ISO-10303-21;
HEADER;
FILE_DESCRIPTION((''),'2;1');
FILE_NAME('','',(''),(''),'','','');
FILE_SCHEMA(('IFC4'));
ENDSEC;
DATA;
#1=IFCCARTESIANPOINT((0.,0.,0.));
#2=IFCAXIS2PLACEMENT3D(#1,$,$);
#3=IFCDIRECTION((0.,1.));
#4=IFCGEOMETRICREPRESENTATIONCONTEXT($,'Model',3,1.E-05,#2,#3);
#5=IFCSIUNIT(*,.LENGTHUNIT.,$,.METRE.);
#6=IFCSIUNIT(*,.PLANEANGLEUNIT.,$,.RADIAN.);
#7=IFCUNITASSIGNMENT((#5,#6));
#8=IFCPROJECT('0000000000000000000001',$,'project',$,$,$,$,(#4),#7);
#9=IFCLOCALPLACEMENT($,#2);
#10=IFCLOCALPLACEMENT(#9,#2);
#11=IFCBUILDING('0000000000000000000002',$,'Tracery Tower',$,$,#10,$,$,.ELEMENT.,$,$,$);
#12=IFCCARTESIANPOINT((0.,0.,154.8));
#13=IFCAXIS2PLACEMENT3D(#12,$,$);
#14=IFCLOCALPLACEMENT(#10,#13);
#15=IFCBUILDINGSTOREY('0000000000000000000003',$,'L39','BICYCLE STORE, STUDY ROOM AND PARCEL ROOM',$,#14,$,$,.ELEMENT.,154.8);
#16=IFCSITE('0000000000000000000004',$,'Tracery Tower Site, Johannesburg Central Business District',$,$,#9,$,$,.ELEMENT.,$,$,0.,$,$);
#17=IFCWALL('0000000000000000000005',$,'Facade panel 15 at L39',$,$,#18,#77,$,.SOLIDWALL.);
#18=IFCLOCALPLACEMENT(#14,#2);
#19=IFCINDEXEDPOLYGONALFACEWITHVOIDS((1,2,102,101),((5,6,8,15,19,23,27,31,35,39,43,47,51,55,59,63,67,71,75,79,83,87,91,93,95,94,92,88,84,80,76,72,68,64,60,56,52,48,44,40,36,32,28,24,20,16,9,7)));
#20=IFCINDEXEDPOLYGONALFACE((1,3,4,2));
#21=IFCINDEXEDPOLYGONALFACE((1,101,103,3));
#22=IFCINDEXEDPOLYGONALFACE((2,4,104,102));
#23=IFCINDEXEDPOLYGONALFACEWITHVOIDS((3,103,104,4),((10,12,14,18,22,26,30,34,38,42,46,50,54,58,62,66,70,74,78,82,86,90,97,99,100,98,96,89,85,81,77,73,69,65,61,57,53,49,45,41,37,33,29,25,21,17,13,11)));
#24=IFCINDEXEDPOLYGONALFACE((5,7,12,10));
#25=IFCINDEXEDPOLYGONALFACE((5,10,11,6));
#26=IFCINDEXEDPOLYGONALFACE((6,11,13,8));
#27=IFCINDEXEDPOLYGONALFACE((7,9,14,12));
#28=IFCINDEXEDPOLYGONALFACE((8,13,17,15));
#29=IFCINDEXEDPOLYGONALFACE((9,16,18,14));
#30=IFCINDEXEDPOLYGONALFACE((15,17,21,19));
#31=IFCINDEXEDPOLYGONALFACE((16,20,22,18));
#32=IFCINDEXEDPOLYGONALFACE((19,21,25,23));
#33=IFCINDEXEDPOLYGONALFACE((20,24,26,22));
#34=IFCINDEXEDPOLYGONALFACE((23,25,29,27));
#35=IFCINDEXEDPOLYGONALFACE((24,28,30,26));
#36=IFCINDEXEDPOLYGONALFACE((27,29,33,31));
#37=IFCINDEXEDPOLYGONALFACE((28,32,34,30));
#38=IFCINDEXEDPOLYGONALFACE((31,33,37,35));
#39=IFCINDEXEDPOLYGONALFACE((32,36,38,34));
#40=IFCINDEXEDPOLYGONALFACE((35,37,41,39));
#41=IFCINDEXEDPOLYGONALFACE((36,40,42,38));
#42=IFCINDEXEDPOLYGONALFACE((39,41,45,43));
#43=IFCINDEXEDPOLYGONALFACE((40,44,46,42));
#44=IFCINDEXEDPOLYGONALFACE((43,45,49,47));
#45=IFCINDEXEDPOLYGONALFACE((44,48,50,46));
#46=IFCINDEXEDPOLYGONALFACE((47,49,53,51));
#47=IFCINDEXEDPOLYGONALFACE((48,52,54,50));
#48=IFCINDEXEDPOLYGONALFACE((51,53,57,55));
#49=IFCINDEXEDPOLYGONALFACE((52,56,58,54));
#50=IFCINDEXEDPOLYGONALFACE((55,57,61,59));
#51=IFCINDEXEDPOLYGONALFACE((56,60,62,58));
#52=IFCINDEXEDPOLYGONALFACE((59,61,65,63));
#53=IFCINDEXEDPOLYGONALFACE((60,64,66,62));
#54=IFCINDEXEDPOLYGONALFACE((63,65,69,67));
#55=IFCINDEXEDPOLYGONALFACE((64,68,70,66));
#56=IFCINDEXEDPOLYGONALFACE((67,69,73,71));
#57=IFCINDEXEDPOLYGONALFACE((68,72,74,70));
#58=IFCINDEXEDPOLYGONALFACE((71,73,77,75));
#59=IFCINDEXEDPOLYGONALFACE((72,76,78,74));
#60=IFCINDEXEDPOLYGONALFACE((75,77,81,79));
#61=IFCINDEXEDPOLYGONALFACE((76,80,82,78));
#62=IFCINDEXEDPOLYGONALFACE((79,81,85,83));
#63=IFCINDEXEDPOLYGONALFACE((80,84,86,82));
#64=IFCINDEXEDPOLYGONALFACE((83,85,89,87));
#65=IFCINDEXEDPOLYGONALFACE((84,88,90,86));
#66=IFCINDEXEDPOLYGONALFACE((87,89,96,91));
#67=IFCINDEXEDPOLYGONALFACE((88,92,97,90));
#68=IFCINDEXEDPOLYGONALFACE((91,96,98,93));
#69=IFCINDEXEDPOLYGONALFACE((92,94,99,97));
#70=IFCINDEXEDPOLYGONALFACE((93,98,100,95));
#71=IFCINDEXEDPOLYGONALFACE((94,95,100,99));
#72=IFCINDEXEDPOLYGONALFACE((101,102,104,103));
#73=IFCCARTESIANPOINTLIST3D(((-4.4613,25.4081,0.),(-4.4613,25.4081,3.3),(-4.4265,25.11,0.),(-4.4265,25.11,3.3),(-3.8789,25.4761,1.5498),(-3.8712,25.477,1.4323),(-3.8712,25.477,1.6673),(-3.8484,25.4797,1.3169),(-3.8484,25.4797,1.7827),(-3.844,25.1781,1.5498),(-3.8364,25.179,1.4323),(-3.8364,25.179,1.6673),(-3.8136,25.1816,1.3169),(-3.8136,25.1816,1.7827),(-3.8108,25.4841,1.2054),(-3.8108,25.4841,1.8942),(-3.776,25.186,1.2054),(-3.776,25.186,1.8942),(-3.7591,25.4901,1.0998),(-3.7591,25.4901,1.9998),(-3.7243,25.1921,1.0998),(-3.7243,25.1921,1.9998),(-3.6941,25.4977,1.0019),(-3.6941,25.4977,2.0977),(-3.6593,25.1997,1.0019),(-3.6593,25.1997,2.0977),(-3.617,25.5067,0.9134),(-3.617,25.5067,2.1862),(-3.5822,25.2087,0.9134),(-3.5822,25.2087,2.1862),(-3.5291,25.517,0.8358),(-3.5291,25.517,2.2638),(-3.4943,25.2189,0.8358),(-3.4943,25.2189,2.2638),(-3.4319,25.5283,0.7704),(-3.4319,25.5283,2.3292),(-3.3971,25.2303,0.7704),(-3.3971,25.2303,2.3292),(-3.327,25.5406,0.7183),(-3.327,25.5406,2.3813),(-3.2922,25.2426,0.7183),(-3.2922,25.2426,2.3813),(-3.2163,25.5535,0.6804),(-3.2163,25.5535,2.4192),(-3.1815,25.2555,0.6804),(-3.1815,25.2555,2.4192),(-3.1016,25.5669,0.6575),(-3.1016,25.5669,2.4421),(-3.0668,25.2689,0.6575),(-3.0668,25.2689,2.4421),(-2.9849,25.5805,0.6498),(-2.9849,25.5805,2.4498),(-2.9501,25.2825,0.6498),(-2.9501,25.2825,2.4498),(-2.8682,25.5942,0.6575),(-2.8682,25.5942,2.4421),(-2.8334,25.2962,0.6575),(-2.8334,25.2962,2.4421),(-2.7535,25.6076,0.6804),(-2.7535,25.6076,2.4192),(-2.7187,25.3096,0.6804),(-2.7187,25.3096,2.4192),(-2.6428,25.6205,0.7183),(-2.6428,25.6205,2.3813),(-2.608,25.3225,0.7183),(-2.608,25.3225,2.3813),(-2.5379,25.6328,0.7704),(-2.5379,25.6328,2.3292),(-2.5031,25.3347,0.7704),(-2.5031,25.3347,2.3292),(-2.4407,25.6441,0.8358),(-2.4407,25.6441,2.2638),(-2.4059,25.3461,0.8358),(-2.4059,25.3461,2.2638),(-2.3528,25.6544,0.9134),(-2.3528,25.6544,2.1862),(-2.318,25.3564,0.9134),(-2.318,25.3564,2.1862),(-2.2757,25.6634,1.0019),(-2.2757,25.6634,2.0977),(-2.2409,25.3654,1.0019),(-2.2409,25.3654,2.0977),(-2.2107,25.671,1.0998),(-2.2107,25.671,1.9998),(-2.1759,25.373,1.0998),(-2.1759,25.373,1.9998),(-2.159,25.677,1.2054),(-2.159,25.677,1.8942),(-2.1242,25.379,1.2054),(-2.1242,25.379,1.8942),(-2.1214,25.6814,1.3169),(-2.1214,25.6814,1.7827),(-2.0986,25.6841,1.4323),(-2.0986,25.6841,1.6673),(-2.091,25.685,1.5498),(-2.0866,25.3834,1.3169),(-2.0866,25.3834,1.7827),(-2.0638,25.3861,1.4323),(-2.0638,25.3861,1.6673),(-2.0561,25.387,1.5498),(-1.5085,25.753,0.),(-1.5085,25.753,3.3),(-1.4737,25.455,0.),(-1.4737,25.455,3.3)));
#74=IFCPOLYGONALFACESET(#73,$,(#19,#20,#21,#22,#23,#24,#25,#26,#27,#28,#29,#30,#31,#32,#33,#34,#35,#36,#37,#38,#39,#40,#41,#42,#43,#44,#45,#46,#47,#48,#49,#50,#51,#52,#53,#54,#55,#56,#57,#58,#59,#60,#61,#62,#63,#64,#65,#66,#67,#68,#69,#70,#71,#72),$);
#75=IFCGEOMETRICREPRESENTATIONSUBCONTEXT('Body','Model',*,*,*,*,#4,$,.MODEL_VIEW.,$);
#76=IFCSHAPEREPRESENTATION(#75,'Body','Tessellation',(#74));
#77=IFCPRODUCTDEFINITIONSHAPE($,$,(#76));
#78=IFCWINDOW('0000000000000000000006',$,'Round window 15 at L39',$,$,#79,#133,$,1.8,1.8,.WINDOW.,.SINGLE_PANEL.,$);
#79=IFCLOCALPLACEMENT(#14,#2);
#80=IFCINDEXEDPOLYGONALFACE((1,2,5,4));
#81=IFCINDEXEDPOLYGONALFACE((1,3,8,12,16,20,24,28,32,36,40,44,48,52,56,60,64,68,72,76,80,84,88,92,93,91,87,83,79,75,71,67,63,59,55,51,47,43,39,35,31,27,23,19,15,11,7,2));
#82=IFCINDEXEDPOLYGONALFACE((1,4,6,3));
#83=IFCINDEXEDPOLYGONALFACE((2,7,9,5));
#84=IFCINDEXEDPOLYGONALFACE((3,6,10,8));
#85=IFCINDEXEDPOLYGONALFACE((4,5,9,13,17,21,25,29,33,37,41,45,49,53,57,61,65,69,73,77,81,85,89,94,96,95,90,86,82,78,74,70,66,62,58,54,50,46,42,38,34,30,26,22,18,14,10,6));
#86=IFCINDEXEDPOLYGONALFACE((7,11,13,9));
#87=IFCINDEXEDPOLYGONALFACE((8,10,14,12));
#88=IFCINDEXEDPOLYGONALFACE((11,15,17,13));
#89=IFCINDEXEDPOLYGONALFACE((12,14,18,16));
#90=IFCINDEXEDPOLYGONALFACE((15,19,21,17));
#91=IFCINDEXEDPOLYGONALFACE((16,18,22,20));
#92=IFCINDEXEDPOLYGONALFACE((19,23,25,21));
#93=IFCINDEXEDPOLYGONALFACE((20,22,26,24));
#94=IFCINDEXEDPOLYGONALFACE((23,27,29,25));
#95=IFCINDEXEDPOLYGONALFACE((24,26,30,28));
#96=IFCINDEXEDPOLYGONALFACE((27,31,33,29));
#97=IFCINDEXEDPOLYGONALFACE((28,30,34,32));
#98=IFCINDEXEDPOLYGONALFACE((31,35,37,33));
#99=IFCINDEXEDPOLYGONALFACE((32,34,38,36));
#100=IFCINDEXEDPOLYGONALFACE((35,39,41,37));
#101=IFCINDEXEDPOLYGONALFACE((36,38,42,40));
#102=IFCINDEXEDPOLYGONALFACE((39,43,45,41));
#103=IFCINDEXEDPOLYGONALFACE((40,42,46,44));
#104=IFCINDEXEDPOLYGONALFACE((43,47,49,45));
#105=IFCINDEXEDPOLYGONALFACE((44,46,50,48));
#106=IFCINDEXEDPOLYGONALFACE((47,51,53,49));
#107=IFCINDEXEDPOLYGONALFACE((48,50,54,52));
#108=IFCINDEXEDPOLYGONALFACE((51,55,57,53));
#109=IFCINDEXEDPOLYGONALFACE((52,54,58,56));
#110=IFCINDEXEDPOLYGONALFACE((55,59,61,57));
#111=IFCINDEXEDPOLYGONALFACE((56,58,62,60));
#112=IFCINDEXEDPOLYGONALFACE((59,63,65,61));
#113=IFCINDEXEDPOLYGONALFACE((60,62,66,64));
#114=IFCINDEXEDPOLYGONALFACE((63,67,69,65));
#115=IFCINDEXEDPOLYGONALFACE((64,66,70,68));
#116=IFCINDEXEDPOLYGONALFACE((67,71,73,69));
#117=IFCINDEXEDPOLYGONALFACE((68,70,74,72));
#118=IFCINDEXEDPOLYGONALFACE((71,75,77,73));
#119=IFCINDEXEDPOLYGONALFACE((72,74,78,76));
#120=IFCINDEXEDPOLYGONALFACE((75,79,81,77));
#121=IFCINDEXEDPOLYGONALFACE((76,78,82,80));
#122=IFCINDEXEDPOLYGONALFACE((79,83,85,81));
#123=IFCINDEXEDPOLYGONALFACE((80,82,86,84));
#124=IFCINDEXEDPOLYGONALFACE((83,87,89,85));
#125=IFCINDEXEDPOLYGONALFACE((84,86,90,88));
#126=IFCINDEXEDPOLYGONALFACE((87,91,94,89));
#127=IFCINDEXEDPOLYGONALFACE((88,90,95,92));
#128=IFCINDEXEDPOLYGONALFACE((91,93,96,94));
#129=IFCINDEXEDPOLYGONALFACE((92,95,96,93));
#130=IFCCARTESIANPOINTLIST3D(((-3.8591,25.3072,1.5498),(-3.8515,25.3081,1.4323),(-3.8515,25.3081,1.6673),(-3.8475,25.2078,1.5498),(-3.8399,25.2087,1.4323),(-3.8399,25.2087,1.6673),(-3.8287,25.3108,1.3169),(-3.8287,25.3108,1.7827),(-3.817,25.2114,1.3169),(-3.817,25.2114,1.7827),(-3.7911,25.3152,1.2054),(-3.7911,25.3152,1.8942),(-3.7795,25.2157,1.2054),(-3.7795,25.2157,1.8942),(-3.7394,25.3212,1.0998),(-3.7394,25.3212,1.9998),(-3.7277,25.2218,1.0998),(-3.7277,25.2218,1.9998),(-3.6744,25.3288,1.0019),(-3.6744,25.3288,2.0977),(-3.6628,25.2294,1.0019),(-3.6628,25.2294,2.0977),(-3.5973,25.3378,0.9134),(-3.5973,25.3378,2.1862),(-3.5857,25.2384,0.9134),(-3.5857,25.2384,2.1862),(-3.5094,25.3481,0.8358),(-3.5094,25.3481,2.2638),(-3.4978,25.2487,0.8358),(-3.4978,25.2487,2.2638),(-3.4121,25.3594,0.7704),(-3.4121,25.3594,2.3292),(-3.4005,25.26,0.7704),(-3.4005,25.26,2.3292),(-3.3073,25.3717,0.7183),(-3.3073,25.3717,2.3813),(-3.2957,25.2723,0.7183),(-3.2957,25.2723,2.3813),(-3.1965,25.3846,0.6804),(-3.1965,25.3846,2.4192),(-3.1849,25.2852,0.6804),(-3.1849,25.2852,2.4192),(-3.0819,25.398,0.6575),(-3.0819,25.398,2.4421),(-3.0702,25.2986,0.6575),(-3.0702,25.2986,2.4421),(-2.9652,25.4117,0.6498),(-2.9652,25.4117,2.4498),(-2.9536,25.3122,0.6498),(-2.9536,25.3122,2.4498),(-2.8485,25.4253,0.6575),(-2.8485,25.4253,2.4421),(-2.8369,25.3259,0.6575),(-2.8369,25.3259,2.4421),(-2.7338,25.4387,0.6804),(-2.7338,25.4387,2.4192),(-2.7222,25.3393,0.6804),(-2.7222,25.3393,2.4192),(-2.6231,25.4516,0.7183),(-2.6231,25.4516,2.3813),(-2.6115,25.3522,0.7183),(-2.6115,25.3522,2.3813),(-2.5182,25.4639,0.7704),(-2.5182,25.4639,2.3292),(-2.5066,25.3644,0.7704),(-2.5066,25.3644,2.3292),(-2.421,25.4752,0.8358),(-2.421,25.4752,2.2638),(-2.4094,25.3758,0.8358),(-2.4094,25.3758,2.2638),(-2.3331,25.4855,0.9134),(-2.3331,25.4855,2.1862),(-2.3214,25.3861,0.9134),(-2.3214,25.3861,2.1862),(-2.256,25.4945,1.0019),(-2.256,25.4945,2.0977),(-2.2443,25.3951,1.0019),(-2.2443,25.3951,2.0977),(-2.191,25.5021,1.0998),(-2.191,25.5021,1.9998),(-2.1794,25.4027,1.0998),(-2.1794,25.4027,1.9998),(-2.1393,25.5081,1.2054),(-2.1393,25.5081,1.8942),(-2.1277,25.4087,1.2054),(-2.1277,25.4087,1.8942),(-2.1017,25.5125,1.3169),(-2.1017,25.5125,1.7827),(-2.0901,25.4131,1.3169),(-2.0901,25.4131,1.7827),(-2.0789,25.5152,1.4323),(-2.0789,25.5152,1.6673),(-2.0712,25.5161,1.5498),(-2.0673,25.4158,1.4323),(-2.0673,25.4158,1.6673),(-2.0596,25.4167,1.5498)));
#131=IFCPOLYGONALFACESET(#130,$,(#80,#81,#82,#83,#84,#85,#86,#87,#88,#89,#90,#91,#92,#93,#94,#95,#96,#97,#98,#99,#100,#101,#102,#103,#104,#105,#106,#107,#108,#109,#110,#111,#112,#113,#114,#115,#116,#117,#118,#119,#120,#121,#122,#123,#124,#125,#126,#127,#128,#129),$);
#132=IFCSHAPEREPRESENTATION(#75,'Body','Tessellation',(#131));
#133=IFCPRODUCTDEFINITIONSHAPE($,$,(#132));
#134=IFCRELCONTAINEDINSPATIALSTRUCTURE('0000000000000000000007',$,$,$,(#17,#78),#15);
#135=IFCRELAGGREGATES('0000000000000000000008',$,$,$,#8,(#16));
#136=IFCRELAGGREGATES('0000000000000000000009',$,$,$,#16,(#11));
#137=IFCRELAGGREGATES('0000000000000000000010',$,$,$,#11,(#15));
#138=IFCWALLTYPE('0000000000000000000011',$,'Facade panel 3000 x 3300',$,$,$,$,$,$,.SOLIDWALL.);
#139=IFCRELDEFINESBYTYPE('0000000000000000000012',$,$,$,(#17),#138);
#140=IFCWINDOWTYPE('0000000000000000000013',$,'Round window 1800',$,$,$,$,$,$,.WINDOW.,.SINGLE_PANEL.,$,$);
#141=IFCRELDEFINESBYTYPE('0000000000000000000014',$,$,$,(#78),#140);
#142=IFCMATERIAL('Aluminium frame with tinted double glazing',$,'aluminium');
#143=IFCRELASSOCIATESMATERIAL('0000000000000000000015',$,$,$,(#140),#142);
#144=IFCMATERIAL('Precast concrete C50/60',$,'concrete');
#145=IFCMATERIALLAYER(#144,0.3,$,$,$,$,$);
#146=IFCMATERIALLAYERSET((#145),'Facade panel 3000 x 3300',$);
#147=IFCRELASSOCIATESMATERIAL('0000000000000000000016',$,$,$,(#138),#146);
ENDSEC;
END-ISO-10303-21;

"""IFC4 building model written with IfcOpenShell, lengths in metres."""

from ifc_helpers import new_model, si_unit, direction, frame, frame_2d, origin, origin_2d, place, context, subcontext, project, spatial, rectangle, circle, extrude, material, layer, layer_set, type_object, element, fill, save


model = new_model("IFC4")

# Units and contexts
model_context = context("Model", 3, precision=1e-05, world=origin(), true_north=direction((0.0, 1.0)))
body_context = subcontext(model_context, "Body", "Model", "MODEL_VIEW")
ifc_project = project(units=[si_unit("LENGTHUNIT", "METRE"), si_unit("PLANEANGLEUNIT", "RADIAN")], contexts=[model_context])

# Site, building, storey
site_placement = place(None, origin())
site = spatial("IfcSite", under=ifc_project, at=site_placement, Name="Tracery Tower Site, Johannesburg Central Business District", CompositionType="ELEMENT", RefElevation=0.0)
building_placement = place(site_placement, origin())
building = spatial("IfcBuilding", under=site, at=building_placement, Name="Tracery Tower", CompositionType="ELEMENT")
storey_placement = place(building_placement, frame((0.0, 0.0, 154.8)))
storey = spatial("IfcBuildingStorey", under=building, at=storey_placement, Name="L39", Description="BICYCLE STORE, STUDY ROOM AND PARCEL ROOM", CompositionType="ELEMENT", Elevation=154.8)

# Wall, opening, window
ifc_material_1 = material(Name="Aluminium frame with tinted double glazing", Category="aluminium")
window_type = type_object("IfcWindowType", Name="Round window 1800", PartitioningType="SINGLE_PANEL", PredefinedType="WINDOW", material=ifc_material_1)
ifc_material_2 = material(Name="Precast concrete C50/60", Category="concrete")
ifc_layer_1 = layer(ifc_material_2, 0.3)
ifc_layer_set_1 = layer_set([ifc_layer_1], Name="Facade panel 3000 x 3300")
wall_type_1 = type_object("IfcWallType", Name="Facade panel 3000 x 3300", PredefinedType="SOLIDWALL", material=ifc_layer_set_1)
wall_1_placement = place(storey_placement, frame((-1.4912, 25.604, 0.0), z_axis=(0.0, 0.0, 1.0), x_axis=(-0.993245, -0.116036, 0.0)))
wall_1 = element("IfcWall", 1, at=wall_1_placement, inside=storey, type_object=wall_type_1, Name="Facade panel 15 at L39", PredefinedType="SOLIDWALL", context=body_context, shape_type="SweptSolid", body=[
    extrude(rectangle(XDim=2.9729, YDim=0.3, at=frame_2d((1.4863, 0.0))), origin(), (0.0, 0.0, 1.0), 3.3),
])
opening_1_placement = place(wall_1_placement, frame((1.4863, 0.0, 1.5498)))
opening_1 = element("IfcOpeningElement", 2, at=opening_1_placement, cuts=wall_1, PredefinedType="OPENING", context=body_context, shape_type="SweptSolid", body=[
    extrude(circle(Radius=0.9, at=origin_2d()), frame((0.0, 0.1599, 0.0), z_axis=(0.0, -1.0, 0.0), x_axis=(1.0, 0.0, 0.0)), (0.0, 0.0, 1.0), 0.3201),
])
window_1_placement = place(opening_1_placement, origin())
window_1 = element("IfcWindow", 3, at=window_1_placement, inside=storey, type_object=window_type, Name="Round window 15 at L39", OverallHeight=1.8, OverallWidth=1.8, PartitioningType="SINGLE_PANEL", PredefinedType="WINDOW", context=body_context, shape_type="SweptSolid", body=[
    extrude(circle(Radius=0.9, at=origin_2d()), frame((0.0, 0.1201, 0.0), z_axis=(0.0, -1.0, 0.0), x_axis=(1.0, 0.0, 0.0)), (0.0, 0.0, 1.0), 0.1001),
])
fill(opening_1, window_1)

save(model, "model.ifc")
